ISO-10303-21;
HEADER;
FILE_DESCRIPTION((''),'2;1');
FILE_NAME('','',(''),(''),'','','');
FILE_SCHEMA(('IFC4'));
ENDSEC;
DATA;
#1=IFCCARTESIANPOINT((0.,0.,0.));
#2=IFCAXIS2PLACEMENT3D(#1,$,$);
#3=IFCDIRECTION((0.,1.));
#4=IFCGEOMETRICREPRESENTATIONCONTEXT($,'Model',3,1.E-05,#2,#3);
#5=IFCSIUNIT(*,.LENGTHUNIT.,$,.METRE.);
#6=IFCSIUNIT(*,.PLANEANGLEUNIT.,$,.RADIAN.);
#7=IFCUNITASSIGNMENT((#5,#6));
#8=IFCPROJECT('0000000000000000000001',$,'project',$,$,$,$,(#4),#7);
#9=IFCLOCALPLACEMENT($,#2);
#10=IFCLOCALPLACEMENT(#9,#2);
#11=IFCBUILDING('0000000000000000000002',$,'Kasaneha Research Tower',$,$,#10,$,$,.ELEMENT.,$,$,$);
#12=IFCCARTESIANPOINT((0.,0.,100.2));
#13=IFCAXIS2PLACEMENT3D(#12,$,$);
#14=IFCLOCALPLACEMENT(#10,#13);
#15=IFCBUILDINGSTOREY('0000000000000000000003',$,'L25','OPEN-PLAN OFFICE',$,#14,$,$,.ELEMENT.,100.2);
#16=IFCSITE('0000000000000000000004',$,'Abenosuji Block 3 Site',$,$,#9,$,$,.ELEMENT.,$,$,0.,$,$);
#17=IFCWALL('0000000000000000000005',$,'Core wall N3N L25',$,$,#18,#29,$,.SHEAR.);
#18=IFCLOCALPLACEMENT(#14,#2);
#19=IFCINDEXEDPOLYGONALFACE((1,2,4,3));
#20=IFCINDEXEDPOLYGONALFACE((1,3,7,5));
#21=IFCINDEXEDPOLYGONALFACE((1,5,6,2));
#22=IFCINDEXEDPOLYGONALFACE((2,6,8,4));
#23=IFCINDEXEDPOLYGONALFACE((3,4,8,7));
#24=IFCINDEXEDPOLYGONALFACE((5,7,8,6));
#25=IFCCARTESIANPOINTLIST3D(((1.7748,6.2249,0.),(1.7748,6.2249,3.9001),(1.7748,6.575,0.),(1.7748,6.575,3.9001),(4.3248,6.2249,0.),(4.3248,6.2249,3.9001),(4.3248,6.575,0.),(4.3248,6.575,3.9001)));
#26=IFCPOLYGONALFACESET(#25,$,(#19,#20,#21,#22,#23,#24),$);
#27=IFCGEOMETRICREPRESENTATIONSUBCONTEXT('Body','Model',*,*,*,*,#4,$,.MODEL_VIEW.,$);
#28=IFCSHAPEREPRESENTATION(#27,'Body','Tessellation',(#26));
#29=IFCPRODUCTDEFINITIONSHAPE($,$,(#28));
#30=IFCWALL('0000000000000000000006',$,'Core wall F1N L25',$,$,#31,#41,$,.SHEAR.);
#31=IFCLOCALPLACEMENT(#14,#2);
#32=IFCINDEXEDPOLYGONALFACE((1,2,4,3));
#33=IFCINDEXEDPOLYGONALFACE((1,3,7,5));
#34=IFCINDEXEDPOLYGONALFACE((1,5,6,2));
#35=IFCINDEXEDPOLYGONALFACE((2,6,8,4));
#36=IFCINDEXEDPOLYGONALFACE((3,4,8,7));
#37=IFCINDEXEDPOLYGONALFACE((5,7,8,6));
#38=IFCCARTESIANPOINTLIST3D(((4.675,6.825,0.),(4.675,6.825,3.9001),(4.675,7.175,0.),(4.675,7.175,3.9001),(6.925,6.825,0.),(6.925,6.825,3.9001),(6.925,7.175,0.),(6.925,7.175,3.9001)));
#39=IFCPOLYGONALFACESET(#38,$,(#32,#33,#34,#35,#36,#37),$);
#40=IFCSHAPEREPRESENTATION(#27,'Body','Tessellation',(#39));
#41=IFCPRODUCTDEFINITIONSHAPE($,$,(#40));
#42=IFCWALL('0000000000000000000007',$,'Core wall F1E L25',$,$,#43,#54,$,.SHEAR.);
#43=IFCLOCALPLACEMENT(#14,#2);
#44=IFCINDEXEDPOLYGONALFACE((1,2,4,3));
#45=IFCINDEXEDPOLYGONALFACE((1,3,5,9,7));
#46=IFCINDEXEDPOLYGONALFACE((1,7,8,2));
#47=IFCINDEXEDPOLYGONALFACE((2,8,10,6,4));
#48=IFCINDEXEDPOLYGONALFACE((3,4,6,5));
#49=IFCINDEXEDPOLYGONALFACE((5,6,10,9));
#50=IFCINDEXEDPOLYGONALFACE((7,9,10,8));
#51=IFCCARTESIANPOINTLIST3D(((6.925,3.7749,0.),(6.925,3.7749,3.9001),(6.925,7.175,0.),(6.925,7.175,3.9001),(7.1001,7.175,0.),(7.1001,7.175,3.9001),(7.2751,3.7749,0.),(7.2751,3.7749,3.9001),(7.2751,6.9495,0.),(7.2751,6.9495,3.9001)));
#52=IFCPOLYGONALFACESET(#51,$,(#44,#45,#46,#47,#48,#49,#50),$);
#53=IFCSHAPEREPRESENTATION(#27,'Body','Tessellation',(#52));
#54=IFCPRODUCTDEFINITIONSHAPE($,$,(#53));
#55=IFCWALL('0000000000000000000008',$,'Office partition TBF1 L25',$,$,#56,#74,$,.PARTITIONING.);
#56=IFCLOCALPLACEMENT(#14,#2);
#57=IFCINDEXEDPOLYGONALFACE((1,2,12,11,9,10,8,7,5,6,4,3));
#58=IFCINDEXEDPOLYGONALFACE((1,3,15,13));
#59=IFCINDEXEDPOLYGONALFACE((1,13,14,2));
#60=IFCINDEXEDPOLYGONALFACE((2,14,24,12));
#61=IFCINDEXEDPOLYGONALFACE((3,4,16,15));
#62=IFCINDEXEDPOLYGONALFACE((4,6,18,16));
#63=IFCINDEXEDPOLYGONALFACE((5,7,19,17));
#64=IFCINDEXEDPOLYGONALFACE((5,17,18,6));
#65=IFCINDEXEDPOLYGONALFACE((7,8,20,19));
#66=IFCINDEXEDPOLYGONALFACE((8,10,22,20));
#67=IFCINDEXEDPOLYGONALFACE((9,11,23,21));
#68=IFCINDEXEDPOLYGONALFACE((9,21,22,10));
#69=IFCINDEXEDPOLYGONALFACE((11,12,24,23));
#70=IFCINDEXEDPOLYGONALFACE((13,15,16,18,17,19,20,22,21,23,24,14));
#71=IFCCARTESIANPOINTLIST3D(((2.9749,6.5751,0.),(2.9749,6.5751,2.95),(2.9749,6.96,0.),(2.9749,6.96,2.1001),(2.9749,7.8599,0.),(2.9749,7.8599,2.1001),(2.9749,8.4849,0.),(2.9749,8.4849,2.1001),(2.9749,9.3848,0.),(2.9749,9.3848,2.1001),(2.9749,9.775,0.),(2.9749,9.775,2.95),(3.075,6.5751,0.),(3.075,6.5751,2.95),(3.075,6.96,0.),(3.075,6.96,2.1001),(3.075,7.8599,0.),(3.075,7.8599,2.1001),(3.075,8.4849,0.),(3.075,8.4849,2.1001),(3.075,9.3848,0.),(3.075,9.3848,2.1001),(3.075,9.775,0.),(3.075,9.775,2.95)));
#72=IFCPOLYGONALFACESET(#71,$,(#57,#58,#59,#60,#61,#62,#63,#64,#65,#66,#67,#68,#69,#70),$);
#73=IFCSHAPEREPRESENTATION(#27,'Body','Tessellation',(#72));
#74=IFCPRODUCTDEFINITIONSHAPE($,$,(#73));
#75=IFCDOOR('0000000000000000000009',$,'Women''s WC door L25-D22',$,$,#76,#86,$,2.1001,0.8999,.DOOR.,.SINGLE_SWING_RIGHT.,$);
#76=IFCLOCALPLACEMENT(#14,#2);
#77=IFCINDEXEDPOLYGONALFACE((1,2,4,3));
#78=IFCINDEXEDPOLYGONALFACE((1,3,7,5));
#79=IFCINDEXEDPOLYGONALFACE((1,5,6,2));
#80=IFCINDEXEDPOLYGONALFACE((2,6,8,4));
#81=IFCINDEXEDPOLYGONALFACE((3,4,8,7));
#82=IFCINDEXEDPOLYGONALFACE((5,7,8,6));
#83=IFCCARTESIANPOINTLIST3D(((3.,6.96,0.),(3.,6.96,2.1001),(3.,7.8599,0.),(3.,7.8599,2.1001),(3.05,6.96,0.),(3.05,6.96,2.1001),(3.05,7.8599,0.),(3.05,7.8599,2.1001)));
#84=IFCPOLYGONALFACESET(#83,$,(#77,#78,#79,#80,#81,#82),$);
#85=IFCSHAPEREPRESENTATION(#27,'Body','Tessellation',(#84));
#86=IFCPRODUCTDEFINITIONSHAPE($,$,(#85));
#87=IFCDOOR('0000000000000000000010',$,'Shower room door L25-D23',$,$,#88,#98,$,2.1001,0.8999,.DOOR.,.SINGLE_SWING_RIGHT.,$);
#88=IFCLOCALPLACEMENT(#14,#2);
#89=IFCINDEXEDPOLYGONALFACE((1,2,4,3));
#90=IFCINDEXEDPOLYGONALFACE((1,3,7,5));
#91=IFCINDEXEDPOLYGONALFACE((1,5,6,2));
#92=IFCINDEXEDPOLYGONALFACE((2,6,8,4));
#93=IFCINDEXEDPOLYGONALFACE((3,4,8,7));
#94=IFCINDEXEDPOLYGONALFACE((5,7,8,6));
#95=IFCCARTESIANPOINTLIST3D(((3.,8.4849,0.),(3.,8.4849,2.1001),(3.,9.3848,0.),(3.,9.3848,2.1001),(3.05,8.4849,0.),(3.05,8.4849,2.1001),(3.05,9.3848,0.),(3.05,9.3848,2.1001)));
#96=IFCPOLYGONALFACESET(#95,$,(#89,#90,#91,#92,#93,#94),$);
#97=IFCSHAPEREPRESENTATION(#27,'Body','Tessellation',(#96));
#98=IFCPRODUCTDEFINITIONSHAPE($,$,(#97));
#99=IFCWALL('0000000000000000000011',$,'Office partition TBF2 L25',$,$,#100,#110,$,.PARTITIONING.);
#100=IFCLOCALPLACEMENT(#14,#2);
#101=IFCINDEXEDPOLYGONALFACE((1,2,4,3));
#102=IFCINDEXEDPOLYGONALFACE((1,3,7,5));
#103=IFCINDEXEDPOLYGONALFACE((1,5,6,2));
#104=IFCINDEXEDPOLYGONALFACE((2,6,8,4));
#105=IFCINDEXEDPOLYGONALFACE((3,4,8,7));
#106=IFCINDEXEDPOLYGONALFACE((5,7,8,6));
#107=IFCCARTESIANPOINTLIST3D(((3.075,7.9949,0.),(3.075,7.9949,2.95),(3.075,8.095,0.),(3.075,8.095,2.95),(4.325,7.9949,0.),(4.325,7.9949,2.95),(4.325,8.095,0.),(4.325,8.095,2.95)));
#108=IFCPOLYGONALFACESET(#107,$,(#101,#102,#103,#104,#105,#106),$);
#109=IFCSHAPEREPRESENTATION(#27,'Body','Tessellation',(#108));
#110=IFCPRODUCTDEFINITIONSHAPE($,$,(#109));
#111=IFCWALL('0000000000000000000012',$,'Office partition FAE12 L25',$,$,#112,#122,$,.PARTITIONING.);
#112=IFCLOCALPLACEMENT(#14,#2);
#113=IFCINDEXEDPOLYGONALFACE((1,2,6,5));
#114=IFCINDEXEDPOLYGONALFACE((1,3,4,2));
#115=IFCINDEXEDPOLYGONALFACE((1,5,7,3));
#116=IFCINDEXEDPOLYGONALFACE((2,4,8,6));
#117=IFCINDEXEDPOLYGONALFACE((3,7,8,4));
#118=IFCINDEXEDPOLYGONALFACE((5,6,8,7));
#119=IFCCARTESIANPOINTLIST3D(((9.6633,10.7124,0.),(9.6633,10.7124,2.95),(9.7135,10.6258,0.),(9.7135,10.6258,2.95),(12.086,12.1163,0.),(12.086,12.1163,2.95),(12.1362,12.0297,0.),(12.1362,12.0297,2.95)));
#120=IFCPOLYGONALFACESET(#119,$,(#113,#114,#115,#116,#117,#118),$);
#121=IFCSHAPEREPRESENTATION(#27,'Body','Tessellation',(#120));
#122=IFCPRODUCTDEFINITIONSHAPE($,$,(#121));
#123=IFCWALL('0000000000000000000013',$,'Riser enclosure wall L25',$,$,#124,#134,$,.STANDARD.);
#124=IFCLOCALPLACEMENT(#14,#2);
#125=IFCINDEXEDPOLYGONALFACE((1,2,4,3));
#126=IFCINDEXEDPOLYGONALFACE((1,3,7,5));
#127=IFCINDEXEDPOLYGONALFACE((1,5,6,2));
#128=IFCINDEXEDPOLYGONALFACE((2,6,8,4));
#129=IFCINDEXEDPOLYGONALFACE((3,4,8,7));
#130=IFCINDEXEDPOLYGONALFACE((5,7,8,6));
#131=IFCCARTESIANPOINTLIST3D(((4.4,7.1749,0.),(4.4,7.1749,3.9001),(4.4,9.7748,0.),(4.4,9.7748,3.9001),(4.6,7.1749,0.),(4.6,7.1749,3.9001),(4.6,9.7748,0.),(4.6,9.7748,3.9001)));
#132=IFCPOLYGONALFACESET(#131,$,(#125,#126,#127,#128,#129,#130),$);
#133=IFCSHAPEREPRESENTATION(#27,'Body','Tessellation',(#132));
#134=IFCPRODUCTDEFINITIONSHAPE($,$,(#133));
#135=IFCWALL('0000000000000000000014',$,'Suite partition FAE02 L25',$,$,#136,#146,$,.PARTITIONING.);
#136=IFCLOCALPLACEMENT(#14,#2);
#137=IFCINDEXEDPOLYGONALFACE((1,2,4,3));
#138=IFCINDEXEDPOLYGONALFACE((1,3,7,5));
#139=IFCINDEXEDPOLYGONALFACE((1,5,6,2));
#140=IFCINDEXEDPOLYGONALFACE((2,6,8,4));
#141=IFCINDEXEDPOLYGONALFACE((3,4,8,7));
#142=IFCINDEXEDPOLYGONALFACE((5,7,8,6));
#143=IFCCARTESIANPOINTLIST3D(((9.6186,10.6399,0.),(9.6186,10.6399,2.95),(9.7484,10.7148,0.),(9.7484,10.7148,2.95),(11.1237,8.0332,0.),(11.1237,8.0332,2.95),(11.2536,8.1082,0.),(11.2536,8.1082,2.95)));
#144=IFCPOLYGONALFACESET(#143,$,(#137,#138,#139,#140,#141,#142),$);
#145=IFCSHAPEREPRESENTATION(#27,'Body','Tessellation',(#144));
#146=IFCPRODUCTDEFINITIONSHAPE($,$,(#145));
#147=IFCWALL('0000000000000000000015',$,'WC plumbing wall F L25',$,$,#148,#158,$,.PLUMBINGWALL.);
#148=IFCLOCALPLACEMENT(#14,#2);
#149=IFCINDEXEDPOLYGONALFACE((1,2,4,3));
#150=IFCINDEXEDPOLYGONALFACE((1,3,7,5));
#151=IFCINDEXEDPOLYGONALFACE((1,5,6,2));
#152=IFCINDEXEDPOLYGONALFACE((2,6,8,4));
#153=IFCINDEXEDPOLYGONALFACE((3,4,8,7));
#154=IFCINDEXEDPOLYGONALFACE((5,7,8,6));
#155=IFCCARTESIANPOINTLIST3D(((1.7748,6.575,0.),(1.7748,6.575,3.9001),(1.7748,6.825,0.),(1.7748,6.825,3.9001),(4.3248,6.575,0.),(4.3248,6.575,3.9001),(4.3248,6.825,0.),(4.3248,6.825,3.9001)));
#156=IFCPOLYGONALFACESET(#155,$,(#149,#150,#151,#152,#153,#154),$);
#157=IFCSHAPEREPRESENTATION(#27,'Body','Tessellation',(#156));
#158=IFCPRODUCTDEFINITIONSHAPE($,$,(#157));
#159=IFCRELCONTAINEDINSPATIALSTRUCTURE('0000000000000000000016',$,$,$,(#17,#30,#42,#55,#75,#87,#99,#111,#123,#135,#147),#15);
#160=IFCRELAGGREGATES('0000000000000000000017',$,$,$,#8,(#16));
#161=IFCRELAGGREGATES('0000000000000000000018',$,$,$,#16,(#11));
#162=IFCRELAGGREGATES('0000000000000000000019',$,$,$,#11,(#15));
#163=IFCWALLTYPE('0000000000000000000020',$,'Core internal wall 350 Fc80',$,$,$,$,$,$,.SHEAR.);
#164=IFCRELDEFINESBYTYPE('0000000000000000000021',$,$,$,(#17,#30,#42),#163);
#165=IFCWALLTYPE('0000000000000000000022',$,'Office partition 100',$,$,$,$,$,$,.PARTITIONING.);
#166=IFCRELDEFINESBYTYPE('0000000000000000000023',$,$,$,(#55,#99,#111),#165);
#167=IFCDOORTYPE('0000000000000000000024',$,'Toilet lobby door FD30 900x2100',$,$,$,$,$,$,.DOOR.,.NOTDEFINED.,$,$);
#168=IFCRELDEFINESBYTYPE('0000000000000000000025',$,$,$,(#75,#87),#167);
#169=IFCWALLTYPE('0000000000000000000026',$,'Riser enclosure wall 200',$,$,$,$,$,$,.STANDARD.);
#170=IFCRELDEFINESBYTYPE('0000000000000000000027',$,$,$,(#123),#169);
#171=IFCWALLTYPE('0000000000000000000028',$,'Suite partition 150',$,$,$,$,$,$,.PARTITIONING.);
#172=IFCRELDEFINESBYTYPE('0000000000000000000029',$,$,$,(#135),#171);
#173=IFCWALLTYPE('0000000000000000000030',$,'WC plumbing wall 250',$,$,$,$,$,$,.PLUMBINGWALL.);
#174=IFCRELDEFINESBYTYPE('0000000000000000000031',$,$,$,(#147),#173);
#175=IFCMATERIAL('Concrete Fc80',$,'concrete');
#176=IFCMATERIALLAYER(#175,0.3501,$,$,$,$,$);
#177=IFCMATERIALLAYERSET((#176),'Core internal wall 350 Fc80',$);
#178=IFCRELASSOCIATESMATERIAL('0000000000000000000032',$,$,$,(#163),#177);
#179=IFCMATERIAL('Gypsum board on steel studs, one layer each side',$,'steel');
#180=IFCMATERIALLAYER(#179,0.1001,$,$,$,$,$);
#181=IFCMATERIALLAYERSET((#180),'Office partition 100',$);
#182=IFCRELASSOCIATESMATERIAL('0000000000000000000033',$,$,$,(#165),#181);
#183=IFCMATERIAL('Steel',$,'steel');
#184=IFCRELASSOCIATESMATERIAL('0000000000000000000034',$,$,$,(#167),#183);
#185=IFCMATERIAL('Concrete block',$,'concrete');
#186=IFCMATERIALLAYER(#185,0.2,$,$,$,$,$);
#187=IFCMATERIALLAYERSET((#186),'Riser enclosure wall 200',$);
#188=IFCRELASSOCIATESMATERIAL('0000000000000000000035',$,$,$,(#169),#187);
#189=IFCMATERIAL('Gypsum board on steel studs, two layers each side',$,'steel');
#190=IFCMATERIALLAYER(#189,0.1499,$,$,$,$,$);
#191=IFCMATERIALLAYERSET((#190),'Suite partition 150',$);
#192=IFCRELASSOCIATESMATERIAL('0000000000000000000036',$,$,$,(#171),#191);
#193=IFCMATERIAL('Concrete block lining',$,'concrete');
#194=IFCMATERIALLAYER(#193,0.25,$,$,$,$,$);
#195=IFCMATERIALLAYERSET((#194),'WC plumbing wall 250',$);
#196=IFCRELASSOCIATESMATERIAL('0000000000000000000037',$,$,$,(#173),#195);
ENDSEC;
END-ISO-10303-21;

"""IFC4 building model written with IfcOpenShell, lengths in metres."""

from ifc_helpers import new_model, si_unit, direction, frame, frame_2d, origin, place, context, subcontext, project, spatial, polyline, rectangle, outline, extrude, material, layer, layer_set, type_object, element, fill, save


model = new_model("IFC4")

# Units and contexts
model_context = context("Model", 3, precision=1e-05, world=origin(), true_north=direction((0.0, 1.0)))
body_context = subcontext(model_context, "Body", "Model", "MODEL_VIEW")
ifc_project = project(units=[si_unit("LENGTHUNIT", "METRE"), si_unit("PLANEANGLEUNIT", "RADIAN")], contexts=[model_context])

# Site, building, storey
site_placement = place(None, origin())
site = spatial("IfcSite", under=ifc_project, at=site_placement, Name="Abenosuji Block 3 Site", CompositionType="ELEMENT", RefElevation=0.0)
building_placement = place(site_placement, origin())
building = spatial("IfcBuilding", under=site, at=building_placement, Name="Kasaneha Research Tower", CompositionType="ELEMENT")
storey_placement = place(building_placement, frame((0.0, 0.0, 100.2)))
storey = spatial("IfcBuildingStorey", under=building, at=storey_placement, Name="L25", Description="OPEN-PLAN OFFICE", CompositionType="ELEMENT", Elevation=100.2)

# Shared definitions
ifc_material_1 = material(Name="Concrete Fc80", Category="concrete")
ifc_layer_1 = layer(ifc_material_1, 0.3501)
ifc_layer_set_1 = layer_set([ifc_layer_1], Name="Core internal wall 350 Fc80")
wall_type_1 = type_object("IfcWallType", Name="Core internal wall 350 Fc80", PredefinedType="SHEAR", material=ifc_layer_set_1)

# Walls
wall_1_placement = place(storey_placement, frame((1.7749, 6.3999, 0.0), z_axis=(0.0, 0.0, 1.0), x_axis=(1.0, 0.0, 0.0)))
element("IfcWall", 1, at=wall_1_placement, inside=storey, type_object=wall_type_1, Name="Core wall N3N L25", PredefinedType="SHEAR", context=body_context, shape_type="SweptSolid", body=[
    extrude(rectangle(XDim=2.55, YDim=0.3501, at=frame_2d((1.2749, 0.0))), origin(), (0.0, 0.0, 1.0), 3.9001),
])
wall_2_placement = place(storey_placement, frame((4.675, 7.0, 0.0), z_axis=(0.0, 0.0, 1.0), x_axis=(1.0, 0.0, 0.0)))
element("IfcWall", 2, at=wall_2_placement, inside=storey, type_object=wall_type_1, Name="Core wall F1N L25", PredefinedType="SHEAR", context=body_context, shape_type="SweptSolid", body=[
    extrude(rectangle(XDim=2.25, YDim=0.3501, at=frame_2d((1.125, 0.0))), origin(), (0.0, 0.0, 1.0), 3.9001),
])
wall_3_placement = place(storey_placement, frame((7.1001, 3.7749, 0.0), z_axis=(0.0, 0.0, 1.0), x_axis=(0.0, 1.0, 0.0)))
element("IfcWall", 3, at=wall_3_placement, inside=storey, type_object=wall_type_1, Name="Core wall F1E L25", PredefinedType="SHEAR", context=body_context, shape_type="SweptSolid", body=[
    extrude(outline(polyline([(0.0, -0.175), (3.1746, -0.175), (3.4001, 0.0), (3.4001, 0.175), (0.0, 0.175), (0.0, -0.175)])), origin(), (0.0, 0.0, 1.0), 3.9001),
])

# Wall, openings, doors
ifc_material_2 = material(Name="Gypsum board on steel studs, one layer each side", Category="steel")
ifc_layer_2 = layer(ifc_material_2, 0.1001)
ifc_layer_set_2 = layer_set([ifc_layer_2], Name="Office partition 100")
wall_type_2 = type_object("IfcWallType", Name="Office partition 100", PredefinedType="PARTITIONING", material=ifc_layer_set_2)
wall_4_placement = place(storey_placement, frame((3.0249, 6.575, 0.0), z_axis=(0.0, 0.0, 1.0), x_axis=(0.0, 1.0, 0.0)))
wall_4 = element("IfcWall", 4, at=wall_4_placement, inside=storey, type_object=wall_type_2, Name="Office partition TBF1 L25", PredefinedType="PARTITIONING", context=body_context, shape_type="SweptSolid", body=[
    extrude(rectangle(XDim=3.2, YDim=0.1001, at=frame_2d((1.6001, 0.0))), origin(), (0.0, 0.0, 1.0), 2.95),
])
opening_1_placement = place(wall_4_placement, frame((0.385, 0.0, 0.0)))
opening_1 = element("IfcOpeningElement", 5, at=opening_1_placement, cuts=wall_4, PredefinedType="OPENING", context=body_context, shape_type="SweptSolid", body=[
    extrude(rectangle(XDim=0.8999, YDim=2.1001, at=frame_2d((0.45, 1.05))), frame((0.0, 0.0601, 0.0), z_axis=(0.0, -1.0, 0.0), x_axis=(1.0, 0.0, 0.0)), (0.0, 0.0, 1.0), 0.1201),
])
opening_2_placement = place(wall_4_placement, frame((1.9099, 0.0, 0.0)))
opening_2 = element("IfcOpeningElement", 6, at=opening_2_placement, cuts=wall_4, PredefinedType="OPENING", context=body_context, shape_type="SweptSolid", body=[
    extrude(rectangle(XDim=0.8999, YDim=2.1001, at=frame_2d((0.45, 1.05))), frame((0.0, 0.0601, 0.0), z_axis=(0.0, -1.0, 0.0), x_axis=(1.0, 0.0, 0.0)), (0.0, 0.0, 1.0), 0.1201),
])
ifc_material_3 = material(Name="Steel", Category="steel")
door_type_1 = type_object("IfcDoorType", Name="Toilet lobby door FD30 900x2100", OperationType="NOTDEFINED", PredefinedType="DOOR", material=ifc_material_3)
door_1_placement = place(opening_1_placement, origin())
door_1 = element("IfcDoor", 7, at=door_1_placement, inside=storey, type_object=door_type_1, Name="Women's WC door L25-D22", OperationType="SINGLE_SWING_RIGHT", OverallHeight=2.1001, OverallWidth=0.8999, PredefinedType="DOOR", context=body_context, shape_type="SweptSolid", body=[
    extrude(rectangle(XDim=0.8999, YDim=2.1001, at=frame_2d((0.45, 1.05))), frame((0.0, 0.0249, 0.0), z_axis=(0.0, -1.0, 0.0), x_axis=(1.0, 0.0, 0.0)), (0.0, 0.0, 1.0), 0.05),
])
fill(opening_1, door_1)
door_2_placement = place(opening_2_placement, origin())
door_2 = element("IfcDoor", 8, at=door_2_placement, inside=storey, type_object=door_type_1, Name="Shower room door L25-D23", OperationType="SINGLE_SWING_RIGHT", OverallHeight=2.1001, OverallWidth=0.8999, PredefinedType="DOOR", context=body_context, shape_type="SweptSolid", body=[
    extrude(rectangle(XDim=0.8999, YDim=2.1001, at=frame_2d((0.45, 1.05))), frame((0.0, 0.0249, 0.0), z_axis=(0.0, -1.0, 0.0), x_axis=(1.0, 0.0, 0.0)), (0.0, 0.0, 1.0), 0.05),
])
fill(opening_2, door_2)

# Walls
wall_5_placement = place(storey_placement, frame((3.075, 8.0449, 0.0), z_axis=(0.0, 0.0, 1.0), x_axis=(1.0, 0.0, 0.0)))
element("IfcWall", 9, at=wall_5_placement, inside=storey, type_object=wall_type_2, Name="Office partition TBF2 L25", PredefinedType="PARTITIONING", context=body_context, shape_type="SweptSolid", body=[
    extrude(rectangle(XDim=1.25, YDim=0.1001, at=frame_2d((0.625, 0.0))), origin(), (0.0, 0.0, 1.0), 2.95),
])
wall_6_placement = place(storey_placement, frame((9.6885, 10.6692, 0.0), z_axis=(0.0, 0.0, 1.0), x_axis=(0.865233, 0.50137, 0.0)))
element("IfcWall", 10, at=wall_6_placement, inside=storey, type_object=wall_type_2, Name="Office partition FAE12 L25", PredefinedType="PARTITIONING", context=body_context, shape_type="SweptSolid", body=[
    extrude(rectangle(XDim=2.8, YDim=0.1001, at=frame_2d((1.3999, 0.0))), origin(), (0.0, 0.0, 1.0), 2.95),
])
ifc_material_4 = material(Name="Concrete block", Category="concrete")
ifc_layer_3 = layer(ifc_material_4, 0.2)
ifc_layer_set_3 = layer_set([ifc_layer_3], Name="Riser enclosure wall 200")
wall_type_3 = type_object("IfcWallType", Name="Riser enclosure wall 200", PredefinedType="STANDARD", material=ifc_layer_set_3)
wall_7_placement = place(storey_placement, frame((4.5, 7.175, 0.0), z_axis=(0.0, 0.0, 1.0), x_axis=(0.0, 1.0, 0.0)))
element("IfcWall", 11, at=wall_7_placement, inside=storey, type_object=wall_type_3, Name="Riser enclosure wall L25", PredefinedType="STANDARD", context=body_context, shape_type="SweptSolid", body=[
    extrude(rectangle(XDim=2.5999, YDim=0.2, at=frame_2d((1.2998, 0.0))), origin(), (0.0, 0.0, 1.0), 3.9001),
])
ifc_material_5 = material(Name="Gypsum board on steel studs, two layers each side", Category="steel")
ifc_layer_4 = layer(ifc_material_5, 0.1499)
ifc_layer_set_4 = layer_set([ifc_layer_4], Name="Suite partition 150")
wall_type_4 = type_object("IfcWallType", Name="Suite partition 150", PredefinedType="PARTITIONING", material=ifc_layer_set_4)
wall_8_placement = place(storey_placement, frame((9.6836, 10.6772, 0.0), z_axis=(0.0, 0.0, 1.0), x_axis=(0.500038, -0.866003, 0.0)))
element("IfcWall", 12, at=wall_8_placement, inside=storey, type_object=wall_type_4, Name="Suite partition FAE02 L25", PredefinedType="PARTITIONING", context=body_context, shape_type="SweptSolid", body=[
    extrude(rectangle(XDim=3.01, YDim=0.1499, at=frame_2d((1.5049, 0.0))), origin(), (0.0, 0.0, 1.0), 2.95),
])
ifc_material_6 = material(Name="Concrete block lining", Category="concrete")
ifc_layer_5 = layer(ifc_material_6, 0.25)
ifc_layer_set_5 = layer_set([ifc_layer_5], Name="WC plumbing wall 250")
wall_type_5 = type_object("IfcWallType", Name="WC plumbing wall 250", PredefinedType="PLUMBINGWALL", material=ifc_layer_set_5)
wall_9_placement = place(storey_placement, frame((1.7749, 6.7, 0.0), z_axis=(0.0, 0.0, 1.0), x_axis=(1.0, 0.0, 0.0)))
element("IfcWall", 13, at=wall_9_placement, inside=storey, type_object=wall_type_5, Name="WC plumbing wall F L25", PredefinedType="PLUMBINGWALL", context=body_context, shape_type="SweptSolid", body=[
    extrude(rectangle(XDim=2.55, YDim=0.25, at=frame_2d((1.2749, 0.0))), origin(), (0.0, 0.0, 1.0), 3.9001),
])

save(model, "model.ifc")
